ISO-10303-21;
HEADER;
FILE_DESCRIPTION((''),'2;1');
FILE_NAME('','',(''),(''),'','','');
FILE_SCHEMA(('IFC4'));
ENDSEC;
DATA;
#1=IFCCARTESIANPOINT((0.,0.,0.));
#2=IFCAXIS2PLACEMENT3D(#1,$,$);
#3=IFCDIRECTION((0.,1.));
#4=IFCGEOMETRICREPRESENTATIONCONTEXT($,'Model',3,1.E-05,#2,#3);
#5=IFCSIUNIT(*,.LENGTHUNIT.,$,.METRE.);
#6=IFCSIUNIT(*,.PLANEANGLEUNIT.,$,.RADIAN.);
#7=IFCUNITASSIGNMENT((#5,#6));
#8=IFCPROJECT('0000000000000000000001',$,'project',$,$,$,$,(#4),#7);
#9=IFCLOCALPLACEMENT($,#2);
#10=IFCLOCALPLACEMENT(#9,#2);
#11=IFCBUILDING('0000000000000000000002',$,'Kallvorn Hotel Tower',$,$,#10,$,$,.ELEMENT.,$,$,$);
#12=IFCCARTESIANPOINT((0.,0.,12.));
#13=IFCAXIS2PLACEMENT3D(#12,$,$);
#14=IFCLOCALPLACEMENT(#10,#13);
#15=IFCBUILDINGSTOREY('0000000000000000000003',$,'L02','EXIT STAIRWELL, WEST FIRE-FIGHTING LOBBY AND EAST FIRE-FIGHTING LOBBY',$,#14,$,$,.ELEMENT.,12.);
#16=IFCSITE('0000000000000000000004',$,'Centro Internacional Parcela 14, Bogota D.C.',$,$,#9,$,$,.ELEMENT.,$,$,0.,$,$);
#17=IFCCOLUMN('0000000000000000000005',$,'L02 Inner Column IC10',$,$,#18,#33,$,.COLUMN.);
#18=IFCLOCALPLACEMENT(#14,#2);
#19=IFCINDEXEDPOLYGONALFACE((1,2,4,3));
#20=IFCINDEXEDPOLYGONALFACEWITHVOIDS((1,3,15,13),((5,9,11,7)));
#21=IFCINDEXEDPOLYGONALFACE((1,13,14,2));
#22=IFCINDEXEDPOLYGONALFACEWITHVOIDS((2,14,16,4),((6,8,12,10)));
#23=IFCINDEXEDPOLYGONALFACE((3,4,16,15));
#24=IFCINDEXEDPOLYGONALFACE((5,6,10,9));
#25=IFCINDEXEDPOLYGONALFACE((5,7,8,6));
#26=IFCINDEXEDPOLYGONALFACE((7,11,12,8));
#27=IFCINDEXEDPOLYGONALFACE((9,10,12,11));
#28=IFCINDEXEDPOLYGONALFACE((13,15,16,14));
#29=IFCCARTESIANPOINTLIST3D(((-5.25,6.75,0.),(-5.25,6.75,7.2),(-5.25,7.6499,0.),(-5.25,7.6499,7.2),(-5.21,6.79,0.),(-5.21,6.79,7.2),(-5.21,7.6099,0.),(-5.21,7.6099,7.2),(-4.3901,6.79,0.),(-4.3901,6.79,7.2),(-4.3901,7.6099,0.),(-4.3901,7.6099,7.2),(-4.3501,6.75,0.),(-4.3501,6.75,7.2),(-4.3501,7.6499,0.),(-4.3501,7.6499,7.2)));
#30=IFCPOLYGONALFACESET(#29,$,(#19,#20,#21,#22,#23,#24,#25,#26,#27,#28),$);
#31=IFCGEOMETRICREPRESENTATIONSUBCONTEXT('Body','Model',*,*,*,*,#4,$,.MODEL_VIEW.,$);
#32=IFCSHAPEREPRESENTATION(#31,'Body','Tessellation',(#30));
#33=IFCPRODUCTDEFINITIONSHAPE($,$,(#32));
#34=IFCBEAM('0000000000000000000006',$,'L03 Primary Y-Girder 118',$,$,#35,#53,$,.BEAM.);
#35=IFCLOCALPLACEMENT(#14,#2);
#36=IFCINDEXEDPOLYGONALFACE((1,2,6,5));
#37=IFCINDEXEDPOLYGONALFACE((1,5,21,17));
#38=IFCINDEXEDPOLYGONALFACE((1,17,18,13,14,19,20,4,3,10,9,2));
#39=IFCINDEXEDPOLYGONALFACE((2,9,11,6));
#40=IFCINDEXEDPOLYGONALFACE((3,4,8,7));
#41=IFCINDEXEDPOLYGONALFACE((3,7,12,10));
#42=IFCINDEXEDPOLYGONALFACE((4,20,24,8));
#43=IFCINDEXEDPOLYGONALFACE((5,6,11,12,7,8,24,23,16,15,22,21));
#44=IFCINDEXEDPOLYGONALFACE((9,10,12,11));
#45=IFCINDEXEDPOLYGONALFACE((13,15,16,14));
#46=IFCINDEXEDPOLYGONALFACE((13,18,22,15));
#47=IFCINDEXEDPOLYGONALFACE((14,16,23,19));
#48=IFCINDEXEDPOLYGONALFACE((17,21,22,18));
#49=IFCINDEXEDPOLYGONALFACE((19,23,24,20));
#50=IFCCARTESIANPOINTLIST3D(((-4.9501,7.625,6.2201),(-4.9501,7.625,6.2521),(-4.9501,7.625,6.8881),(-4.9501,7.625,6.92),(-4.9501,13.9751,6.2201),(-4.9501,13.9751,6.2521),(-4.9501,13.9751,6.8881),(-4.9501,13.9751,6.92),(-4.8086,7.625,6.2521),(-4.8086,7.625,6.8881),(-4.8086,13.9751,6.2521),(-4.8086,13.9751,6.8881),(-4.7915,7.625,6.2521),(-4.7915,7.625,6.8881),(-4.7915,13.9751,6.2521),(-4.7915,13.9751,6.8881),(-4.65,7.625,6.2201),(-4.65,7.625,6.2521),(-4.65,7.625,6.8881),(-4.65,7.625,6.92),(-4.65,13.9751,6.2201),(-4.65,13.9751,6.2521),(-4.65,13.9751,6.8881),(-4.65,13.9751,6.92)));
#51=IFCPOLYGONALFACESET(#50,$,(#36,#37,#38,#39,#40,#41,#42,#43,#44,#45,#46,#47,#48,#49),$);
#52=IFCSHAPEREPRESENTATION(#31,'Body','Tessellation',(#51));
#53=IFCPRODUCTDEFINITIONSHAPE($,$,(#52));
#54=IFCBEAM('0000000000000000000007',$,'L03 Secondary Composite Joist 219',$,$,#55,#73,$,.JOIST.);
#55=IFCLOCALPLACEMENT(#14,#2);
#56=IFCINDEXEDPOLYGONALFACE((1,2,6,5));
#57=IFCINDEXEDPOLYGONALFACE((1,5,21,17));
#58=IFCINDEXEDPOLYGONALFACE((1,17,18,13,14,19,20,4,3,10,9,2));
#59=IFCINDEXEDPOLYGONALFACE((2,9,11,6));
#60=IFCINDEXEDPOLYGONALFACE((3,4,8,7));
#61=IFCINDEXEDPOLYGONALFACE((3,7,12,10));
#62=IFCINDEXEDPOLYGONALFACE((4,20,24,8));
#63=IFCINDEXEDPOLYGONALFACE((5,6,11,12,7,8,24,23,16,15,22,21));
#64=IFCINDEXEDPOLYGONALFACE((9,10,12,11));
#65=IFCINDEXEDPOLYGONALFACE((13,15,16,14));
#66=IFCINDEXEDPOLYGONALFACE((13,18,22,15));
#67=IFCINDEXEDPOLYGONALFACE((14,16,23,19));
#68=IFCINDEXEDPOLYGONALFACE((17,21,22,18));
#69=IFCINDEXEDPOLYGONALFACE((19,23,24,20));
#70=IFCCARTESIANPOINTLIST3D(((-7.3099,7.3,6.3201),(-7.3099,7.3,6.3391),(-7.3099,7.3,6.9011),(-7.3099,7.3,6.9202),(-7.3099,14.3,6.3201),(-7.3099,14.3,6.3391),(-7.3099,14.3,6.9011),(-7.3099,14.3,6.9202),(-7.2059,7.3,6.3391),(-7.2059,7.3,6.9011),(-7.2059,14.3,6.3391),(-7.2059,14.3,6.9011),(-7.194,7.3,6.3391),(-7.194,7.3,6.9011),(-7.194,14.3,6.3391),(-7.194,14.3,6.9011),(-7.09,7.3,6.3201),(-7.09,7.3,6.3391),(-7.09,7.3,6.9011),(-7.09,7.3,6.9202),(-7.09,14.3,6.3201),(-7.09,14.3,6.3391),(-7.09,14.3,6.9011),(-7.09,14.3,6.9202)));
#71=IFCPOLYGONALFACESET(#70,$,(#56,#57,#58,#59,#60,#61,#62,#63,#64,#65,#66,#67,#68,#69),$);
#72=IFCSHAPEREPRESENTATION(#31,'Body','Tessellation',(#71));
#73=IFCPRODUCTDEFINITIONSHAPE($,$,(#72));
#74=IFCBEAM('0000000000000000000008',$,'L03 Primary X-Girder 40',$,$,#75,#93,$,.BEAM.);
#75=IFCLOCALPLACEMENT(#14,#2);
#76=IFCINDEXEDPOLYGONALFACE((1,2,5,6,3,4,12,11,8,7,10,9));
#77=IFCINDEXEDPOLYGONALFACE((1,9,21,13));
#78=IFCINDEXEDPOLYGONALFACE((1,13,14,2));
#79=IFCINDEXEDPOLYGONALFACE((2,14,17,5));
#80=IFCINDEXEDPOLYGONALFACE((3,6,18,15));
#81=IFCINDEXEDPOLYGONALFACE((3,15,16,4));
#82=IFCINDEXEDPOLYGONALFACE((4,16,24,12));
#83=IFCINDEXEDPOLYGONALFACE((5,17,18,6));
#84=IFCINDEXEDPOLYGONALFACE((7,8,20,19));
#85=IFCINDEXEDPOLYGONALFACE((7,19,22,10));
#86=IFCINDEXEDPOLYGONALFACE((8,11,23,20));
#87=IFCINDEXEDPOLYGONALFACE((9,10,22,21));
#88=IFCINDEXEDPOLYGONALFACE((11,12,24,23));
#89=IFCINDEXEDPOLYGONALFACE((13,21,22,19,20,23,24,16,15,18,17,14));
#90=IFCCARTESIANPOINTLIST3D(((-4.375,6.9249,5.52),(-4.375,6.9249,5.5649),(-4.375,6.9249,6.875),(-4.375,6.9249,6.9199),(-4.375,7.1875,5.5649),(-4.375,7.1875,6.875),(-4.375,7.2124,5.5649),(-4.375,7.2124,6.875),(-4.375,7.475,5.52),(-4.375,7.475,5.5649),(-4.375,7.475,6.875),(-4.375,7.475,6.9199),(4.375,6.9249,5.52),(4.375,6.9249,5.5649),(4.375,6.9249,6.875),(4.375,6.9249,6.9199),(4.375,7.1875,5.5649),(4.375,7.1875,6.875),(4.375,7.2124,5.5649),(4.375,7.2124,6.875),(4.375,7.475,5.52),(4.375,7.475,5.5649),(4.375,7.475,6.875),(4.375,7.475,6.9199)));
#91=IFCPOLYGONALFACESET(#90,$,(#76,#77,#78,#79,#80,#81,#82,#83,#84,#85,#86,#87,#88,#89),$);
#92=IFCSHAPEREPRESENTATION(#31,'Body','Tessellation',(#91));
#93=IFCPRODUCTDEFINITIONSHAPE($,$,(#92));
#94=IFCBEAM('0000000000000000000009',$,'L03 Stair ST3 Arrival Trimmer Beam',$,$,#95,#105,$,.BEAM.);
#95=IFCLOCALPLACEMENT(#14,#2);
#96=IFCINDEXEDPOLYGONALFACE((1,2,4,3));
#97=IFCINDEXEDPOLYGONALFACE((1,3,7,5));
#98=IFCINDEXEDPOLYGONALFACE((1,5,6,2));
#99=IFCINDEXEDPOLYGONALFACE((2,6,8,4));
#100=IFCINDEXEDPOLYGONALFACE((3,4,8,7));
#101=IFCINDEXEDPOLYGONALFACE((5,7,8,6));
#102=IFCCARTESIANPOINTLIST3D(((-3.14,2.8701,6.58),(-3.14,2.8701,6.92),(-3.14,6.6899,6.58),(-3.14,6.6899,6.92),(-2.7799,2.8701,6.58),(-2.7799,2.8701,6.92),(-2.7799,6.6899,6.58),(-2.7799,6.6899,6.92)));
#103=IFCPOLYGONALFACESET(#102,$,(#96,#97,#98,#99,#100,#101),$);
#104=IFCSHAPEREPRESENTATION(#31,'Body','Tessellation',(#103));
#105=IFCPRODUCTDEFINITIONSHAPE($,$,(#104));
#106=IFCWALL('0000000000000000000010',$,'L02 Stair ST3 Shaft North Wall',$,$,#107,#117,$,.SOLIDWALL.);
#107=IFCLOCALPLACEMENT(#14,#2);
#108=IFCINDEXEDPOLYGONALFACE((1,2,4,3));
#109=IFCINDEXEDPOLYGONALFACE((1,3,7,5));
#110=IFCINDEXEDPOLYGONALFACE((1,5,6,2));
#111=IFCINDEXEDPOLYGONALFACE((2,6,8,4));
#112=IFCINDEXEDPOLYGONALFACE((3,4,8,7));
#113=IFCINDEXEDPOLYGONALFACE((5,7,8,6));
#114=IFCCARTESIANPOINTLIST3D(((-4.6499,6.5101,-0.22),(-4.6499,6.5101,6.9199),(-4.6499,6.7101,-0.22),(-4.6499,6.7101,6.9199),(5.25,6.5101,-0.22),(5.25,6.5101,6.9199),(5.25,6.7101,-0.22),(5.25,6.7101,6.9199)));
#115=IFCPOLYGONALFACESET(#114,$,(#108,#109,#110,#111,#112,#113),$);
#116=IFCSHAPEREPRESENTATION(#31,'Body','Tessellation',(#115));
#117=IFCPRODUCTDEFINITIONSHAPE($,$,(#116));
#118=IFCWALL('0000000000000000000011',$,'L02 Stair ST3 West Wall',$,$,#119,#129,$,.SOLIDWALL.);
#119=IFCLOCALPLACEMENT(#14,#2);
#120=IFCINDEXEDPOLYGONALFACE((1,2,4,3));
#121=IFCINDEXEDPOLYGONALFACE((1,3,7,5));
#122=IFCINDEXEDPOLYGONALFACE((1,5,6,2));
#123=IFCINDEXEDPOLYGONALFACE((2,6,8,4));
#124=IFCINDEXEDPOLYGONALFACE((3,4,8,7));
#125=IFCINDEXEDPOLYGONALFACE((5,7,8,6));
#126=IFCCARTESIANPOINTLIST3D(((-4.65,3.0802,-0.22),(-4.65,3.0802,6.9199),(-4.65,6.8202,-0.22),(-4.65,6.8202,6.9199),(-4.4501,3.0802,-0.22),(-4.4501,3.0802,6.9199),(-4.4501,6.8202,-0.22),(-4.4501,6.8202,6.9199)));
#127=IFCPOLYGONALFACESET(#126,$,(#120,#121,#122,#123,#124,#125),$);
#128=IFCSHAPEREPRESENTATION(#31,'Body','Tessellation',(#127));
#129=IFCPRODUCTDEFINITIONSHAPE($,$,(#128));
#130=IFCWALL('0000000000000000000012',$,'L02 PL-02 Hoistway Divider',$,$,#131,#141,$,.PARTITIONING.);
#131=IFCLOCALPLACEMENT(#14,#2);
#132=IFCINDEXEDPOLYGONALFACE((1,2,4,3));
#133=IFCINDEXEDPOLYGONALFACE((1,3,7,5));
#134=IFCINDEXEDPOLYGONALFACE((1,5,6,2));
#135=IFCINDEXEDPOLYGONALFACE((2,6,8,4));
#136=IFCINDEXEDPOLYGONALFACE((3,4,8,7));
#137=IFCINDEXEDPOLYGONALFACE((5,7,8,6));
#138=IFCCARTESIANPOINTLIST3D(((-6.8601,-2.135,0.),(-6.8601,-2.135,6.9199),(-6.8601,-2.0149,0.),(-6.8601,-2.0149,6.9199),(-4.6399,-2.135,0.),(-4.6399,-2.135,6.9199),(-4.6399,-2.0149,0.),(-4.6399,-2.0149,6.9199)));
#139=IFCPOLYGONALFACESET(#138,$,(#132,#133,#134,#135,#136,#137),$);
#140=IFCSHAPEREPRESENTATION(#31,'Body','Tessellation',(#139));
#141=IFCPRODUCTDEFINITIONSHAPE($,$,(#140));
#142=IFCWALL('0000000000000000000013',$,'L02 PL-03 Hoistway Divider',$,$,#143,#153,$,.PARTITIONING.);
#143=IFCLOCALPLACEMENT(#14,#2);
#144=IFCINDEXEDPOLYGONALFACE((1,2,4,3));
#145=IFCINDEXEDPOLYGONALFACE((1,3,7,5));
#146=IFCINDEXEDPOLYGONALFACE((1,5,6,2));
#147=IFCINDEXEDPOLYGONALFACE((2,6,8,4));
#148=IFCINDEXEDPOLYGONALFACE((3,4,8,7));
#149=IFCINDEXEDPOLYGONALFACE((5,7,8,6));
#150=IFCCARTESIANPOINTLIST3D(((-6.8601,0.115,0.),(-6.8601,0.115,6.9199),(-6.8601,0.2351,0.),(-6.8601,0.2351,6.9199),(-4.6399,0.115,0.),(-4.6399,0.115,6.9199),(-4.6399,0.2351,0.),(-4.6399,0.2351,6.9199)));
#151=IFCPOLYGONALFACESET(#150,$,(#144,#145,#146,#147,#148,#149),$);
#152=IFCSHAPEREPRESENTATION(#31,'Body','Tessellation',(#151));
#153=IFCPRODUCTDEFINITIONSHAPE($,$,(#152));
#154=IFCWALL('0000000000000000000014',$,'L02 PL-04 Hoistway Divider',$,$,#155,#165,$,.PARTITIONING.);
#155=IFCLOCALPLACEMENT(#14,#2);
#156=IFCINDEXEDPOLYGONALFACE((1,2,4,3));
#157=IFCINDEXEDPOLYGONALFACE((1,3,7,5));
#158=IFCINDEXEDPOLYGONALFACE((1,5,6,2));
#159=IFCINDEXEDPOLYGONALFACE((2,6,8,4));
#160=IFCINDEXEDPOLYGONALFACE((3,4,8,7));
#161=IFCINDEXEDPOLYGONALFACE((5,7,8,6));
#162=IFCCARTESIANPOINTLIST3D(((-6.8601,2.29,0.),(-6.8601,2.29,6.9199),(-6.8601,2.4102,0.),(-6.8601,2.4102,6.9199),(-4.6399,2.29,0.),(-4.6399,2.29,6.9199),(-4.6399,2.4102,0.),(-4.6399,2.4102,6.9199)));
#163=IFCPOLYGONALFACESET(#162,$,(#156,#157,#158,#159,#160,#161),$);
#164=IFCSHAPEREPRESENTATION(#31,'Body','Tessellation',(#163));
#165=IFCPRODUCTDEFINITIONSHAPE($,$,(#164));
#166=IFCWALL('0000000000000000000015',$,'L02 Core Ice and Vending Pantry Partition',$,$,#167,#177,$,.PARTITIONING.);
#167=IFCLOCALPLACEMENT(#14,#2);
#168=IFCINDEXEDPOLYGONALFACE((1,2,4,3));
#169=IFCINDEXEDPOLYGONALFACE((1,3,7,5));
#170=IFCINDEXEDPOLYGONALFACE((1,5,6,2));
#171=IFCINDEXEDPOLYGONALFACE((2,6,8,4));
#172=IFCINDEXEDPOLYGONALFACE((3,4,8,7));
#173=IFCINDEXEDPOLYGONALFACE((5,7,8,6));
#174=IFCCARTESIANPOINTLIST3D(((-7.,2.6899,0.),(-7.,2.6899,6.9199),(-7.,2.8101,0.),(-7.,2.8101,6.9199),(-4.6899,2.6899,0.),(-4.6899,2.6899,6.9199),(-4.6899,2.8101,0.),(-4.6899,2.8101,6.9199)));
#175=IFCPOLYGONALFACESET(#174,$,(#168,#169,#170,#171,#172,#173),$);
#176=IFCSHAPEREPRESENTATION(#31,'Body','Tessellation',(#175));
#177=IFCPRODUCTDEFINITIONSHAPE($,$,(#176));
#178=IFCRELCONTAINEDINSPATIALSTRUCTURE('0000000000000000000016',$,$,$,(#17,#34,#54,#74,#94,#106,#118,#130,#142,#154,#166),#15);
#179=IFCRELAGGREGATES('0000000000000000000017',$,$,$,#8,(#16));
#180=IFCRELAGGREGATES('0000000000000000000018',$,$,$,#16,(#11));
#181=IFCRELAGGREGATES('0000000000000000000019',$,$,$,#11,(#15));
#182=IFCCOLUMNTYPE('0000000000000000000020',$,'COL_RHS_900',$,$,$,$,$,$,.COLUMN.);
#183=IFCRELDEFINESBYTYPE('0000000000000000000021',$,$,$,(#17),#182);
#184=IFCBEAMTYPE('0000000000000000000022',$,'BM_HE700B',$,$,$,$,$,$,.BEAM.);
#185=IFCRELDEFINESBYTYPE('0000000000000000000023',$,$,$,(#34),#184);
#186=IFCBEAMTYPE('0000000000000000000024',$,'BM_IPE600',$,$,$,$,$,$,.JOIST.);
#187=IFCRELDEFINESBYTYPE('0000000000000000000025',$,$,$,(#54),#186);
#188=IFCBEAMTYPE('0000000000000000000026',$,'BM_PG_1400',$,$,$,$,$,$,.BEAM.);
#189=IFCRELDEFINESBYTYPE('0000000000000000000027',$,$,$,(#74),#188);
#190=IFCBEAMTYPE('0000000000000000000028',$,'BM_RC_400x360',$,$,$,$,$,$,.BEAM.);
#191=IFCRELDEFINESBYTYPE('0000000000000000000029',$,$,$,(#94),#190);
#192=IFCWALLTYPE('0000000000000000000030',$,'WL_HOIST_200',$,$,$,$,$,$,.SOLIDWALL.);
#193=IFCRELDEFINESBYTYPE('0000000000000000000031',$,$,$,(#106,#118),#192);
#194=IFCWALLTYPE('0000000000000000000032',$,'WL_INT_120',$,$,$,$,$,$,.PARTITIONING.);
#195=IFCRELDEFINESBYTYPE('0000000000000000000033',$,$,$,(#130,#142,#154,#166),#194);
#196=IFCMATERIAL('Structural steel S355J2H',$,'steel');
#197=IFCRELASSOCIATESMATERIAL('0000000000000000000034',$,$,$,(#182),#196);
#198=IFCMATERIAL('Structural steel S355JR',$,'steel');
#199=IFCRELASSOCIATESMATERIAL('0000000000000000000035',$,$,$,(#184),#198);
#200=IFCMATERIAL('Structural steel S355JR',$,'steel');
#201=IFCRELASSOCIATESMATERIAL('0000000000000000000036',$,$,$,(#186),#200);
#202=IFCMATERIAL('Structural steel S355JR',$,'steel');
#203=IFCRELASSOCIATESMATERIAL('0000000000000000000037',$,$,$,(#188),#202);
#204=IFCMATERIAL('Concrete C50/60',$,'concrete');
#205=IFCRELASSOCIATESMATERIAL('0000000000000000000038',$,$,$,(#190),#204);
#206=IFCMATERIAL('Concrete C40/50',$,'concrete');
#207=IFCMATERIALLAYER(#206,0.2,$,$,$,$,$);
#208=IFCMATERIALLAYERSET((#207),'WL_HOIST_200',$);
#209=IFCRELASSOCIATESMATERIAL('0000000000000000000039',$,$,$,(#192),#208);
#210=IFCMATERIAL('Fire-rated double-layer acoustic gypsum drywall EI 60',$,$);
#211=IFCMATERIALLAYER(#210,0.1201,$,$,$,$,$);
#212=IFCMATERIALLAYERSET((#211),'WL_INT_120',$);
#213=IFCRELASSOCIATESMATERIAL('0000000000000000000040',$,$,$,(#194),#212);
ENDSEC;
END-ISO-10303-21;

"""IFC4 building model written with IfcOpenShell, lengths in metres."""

from ifc_helpers import new_model, si_unit, direction, frame, frame_2d, origin, origin_2d, place, context, subcontext, project, spatial, rectangle, hollow_rectangle, i_section, extrude, material, layer, layer_set, material_profile, profile_set, type_object, element, save


model = new_model("IFC4")

# Units and contexts
model_context = context("Model", 3, precision=1e-05, world=origin(), true_north=direction((0.0, 1.0)))
body_context = subcontext(model_context, "Body", "Model", "MODEL_VIEW")
ifc_project = project(units=[si_unit("LENGTHUNIT", "METRE"), si_unit("PLANEANGLEUNIT", "RADIAN")], contexts=[model_context])

# Site, building, storey
site_placement = place(None, origin())
site = spatial("IfcSite", under=ifc_project, at=site_placement, Name="Centro Internacional Parcela 14, Bogota D.C.", CompositionType="ELEMENT", RefElevation=0.0)
building_placement = place(site_placement, origin())
building = spatial("IfcBuilding", under=site, at=building_placement, Name="Kallvorn Hotel Tower", CompositionType="ELEMENT")
storey_placement = place(building_placement, frame((0.0, 0.0, 12.0)))
storey = spatial("IfcBuildingStorey", under=building, at=storey_placement, Name="L02", Description="EXIT STAIRWELL, WEST FIRE-FIGHTING LOBBY AND EAST FIRE-FIGHTING LOBBY", CompositionType="ELEMENT", Elevation=12.0)

# Column
ifc_material_1 = material(Name="Structural steel S355J2H", Category="steel")
ifc_material_profile_1 = material_profile(ifc_material_1, hollow_rectangle(XDim=0.8999, YDim=0.8999, WallThickness=0.04, at=origin_2d()), Name="RHS 900x900x40")
ifc_profile_set_1 = profile_set([ifc_material_profile_1], Name="Structural steel S355J2H")
column_type = type_object("IfcColumnType", Name="COL_RHS_900", PredefinedType="COLUMN", material=ifc_profile_set_1)
column_placement = place(storey_placement, frame((-4.8, 7.2, 0.0), z_axis=(0.0, 0.0, 1.0), x_axis=(1.0, 0.0, 0.0)))
element("IfcColumn", 1, at=column_placement, inside=storey, type_object=column_type, Name="L02 Inner Column IC10", PredefinedType="COLUMN", context=body_context, shape_type="SweptSolid", body=[
    extrude(hollow_rectangle(XDim=0.8999, YDim=0.8999, WallThickness=0.04, at=origin_2d()), origin(), (0.0, 0.0, 1.0), 7.2),
])

# Beams
ifc_material_2 = material(Name="Structural steel S355JR", Category="steel")
ifc_material_profile_2 = material_profile(ifc_material_2, i_section(OverallWidth=0.3, OverallDepth=0.7, WebThickness=0.0171, FlangeThickness=0.032, at=origin_2d()), Name="HE 700 B")
ifc_profile_set_2 = profile_set([ifc_material_profile_2], Name="Structural steel S355JR")
beam_type_1 = type_object("IfcBeamType", Name="BM_HE700B", PredefinedType="BEAM", material=ifc_profile_set_2)
beam_1_placement = place(storey_placement, frame((-4.8, 7.625, 6.5701), z_axis=(0.0, 1.0, 0.0), x_axis=(-1.0, 0.0, 0.0)))
element("IfcBeam", 2, at=beam_1_placement, inside=storey, type_object=beam_type_1, Name="L03 Primary Y-Girder 118", PredefinedType="BEAM", context=body_context, shape_type="SweptSolid", body=[
    extrude(i_section(OverallWidth=0.3, OverallDepth=0.7, WebThickness=0.0171, FlangeThickness=0.032, at=origin_2d()), origin(), (0.0, 0.0, 1.0), 6.3501),
])
ifc_material_3 = material(Name="Structural steel S355JR", Category="steel")
ifc_material_profile_3 = material_profile(ifc_material_3, i_section(OverallWidth=0.22, OverallDepth=0.6001, WebThickness=0.012, FlangeThickness=0.019, at=origin_2d()), Name="IPE 600")
ifc_profile_set_3 = profile_set([ifc_material_profile_3], Name="Structural steel S355JR")
beam_type_2 = type_object("IfcBeamType", Name="BM_IPE600", PredefinedType="JOIST", material=ifc_profile_set_3)
beam_2_placement = place(storey_placement, frame((-7.2, 7.3, 6.6201), z_axis=(0.0, 1.0, 0.0), x_axis=(-1.0, 0.0, 0.0)))
element("IfcBeam", 3, at=beam_2_placement, inside=storey, type_object=beam_type_2, Name="L03 Secondary Composite Joist 219", PredefinedType="JOIST", context=body_context, shape_type="SweptSolid", body=[
    extrude(i_section(OverallWidth=0.22, OverallDepth=0.6001, WebThickness=0.012, FlangeThickness=0.019, at=origin_2d()), origin(), (0.0, 0.0, 1.0), 7.0),
])
ifc_material_4 = material(Name="Structural steel S355JR", Category="steel")
ifc_material_profile_4 = material_profile(ifc_material_4, i_section(OverallWidth=0.55, OverallDepth=1.3999, WebThickness=0.0249, FlangeThickness=0.0449, at=origin_2d()), Name="PG 1400x550x25x45")
ifc_profile_set_4 = profile_set([ifc_material_profile_4], Name="Structural steel S355JR")
beam_type_3 = type_object("IfcBeamType", Name="BM_PG_1400", PredefinedType="BEAM", material=ifc_profile_set_4)
beam_3_placement = place(storey_placement, frame((-4.375, 7.2, 6.22), z_axis=(1.0, 0.0, 0.0), x_axis=(0.0, 1.0, 0.0)))
element("IfcBeam", 4, at=beam_3_placement, inside=storey, type_object=beam_type_3, Name="L03 Primary X-Girder 40", PredefinedType="BEAM", context=body_context, shape_type="SweptSolid", body=[
    extrude(i_section(OverallWidth=0.55, OverallDepth=1.3999, WebThickness=0.0249, FlangeThickness=0.0449, at=origin_2d()), origin(), (0.0, 0.0, 1.0), 8.75),
])
ifc_material_5 = material(Name="Concrete C50/60", Category="concrete")
ifc_material_profile_5 = material_profile(ifc_material_5, rectangle(XDim=0.3601, YDim=0.3401, at=origin_2d()), Name="RC 360x340")
ifc_profile_set_5 = profile_set([ifc_material_profile_5], Name="Concrete C50/60")
beam_type_4 = type_object("IfcBeamType", Name="BM_RC_400x360", PredefinedType="BEAM", material=ifc_profile_set_5)
beam_4_placement = place(storey_placement, frame((-2.96, 2.8701, 6.75), z_axis=(0.0, 1.0, 0.0), x_axis=(-1.0, 0.0, 0.0)))
element("IfcBeam", 5, at=beam_4_placement, inside=storey, type_object=beam_type_4, Name="L03 Stair ST3 Arrival Trimmer Beam", PredefinedType="BEAM", context=body_context, shape_type="SweptSolid", body=[
    extrude(rectangle(XDim=0.3601, YDim=0.3401, at=origin_2d()), origin(), (0.0, 0.0, 1.0), 3.8198),
])

# Walls
ifc_material_6 = material(Name="Concrete C40/50", Category="concrete")
ifc_layer_1 = layer(ifc_material_6, 0.2)
ifc_layer_set_1 = layer_set([ifc_layer_1], Name="WL_HOIST_200")
wall_type_1 = type_object("IfcWallType", Name="WL_HOIST_200", PredefinedType="SOLIDWALL", material=ifc_layer_set_1)
wall_1_placement = place(storey_placement, frame((-4.6499, 6.6101, -0.22), z_axis=(0.0, 0.0, 1.0), x_axis=(1.0, 0.0, 0.0)))
element("IfcWall", 6, at=wall_1_placement, inside=storey, type_object=wall_type_1, Name="L02 Stair ST3 Shaft North Wall", PredefinedType="SOLIDWALL", context=body_context, shape_type="SweptSolid", body=[
    extrude(rectangle(XDim=9.8999, YDim=0.2, at=frame_2d((4.95, 0.0))), origin(), (0.0, 0.0, 1.0), 7.1399),
])
wall_2_placement = place(storey_placement, frame((-4.55, 3.0801, -0.22), z_axis=(0.0, 0.0, 1.0), x_axis=(0.0, 1.0, 0.0)))
element("IfcWall", 7, at=wall_2_placement, inside=storey, type_object=wall_type_1, Name="L02 Stair ST3 West Wall", PredefinedType="SOLIDWALL", context=body_context, shape_type="SweptSolid", body=[
    extrude(rectangle(XDim=3.74, YDim=0.2, at=frame_2d((1.8701, 0.0))), origin(), (0.0, 0.0, 1.0), 7.1399),
])
ifc_material_7 = material(Name="Fire-rated double-layer acoustic gypsum drywall EI 60")
ifc_layer_2 = layer(ifc_material_7, 0.1201)
ifc_layer_set_2 = layer_set([ifc_layer_2], Name="WL_INT_120")
wall_type_2 = type_object("IfcWallType", Name="WL_INT_120", PredefinedType="PARTITIONING", material=ifc_layer_set_2)
for number, where, z_axis, x_axis, name in (
    (8, (-6.8601, -2.075, 0.0), (0.0, 0.0, 1.0), (1.0, 0.0, 0.0), "L02 PL-02 Hoistway Divider"),
    (9, (-6.8601, 0.175, 0.0), (0.0, 0.0, 1.0), (1.0, 0.0, 0.0), "L02 PL-03 Hoistway Divider"),
    (10, (-6.8601, 2.3501, 0.0), (0.0, 0.0, 1.0), (1.0, 0.0, 0.0), "L02 PL-04 Hoistway Divider"),
):
    element("IfcWall", number, at=place(storey_placement, frame(where, z_axis=z_axis, x_axis=x_axis)), inside=storey, type_object=wall_type_2, Name=name, PredefinedType="PARTITIONING", context=body_context, shape_type="SweptSolid", body=[
        extrude(rectangle(XDim=2.2202, YDim=0.1201, at=frame_2d((1.1101, 0.0))), origin(), (0.0, 0.0, 1.0), 6.9199),
    ])
wall_3_placement = place(storey_placement, frame((-7.0, 2.75, 0.0), z_axis=(0.0, 0.0, 1.0), x_axis=(1.0, 0.0, 0.0)))
element("IfcWall", 11, at=wall_3_placement, inside=storey, type_object=wall_type_2, Name="L02 Core Ice and Vending Pantry Partition", PredefinedType="PARTITIONING", context=body_context, shape_type="SweptSolid", body=[
    extrude(rectangle(XDim=2.3101, YDim=0.1201, at=frame_2d((1.155, 0.0))), origin(), (0.0, 0.0, 1.0), 6.9199),
])

save(model, "model.ifc")
